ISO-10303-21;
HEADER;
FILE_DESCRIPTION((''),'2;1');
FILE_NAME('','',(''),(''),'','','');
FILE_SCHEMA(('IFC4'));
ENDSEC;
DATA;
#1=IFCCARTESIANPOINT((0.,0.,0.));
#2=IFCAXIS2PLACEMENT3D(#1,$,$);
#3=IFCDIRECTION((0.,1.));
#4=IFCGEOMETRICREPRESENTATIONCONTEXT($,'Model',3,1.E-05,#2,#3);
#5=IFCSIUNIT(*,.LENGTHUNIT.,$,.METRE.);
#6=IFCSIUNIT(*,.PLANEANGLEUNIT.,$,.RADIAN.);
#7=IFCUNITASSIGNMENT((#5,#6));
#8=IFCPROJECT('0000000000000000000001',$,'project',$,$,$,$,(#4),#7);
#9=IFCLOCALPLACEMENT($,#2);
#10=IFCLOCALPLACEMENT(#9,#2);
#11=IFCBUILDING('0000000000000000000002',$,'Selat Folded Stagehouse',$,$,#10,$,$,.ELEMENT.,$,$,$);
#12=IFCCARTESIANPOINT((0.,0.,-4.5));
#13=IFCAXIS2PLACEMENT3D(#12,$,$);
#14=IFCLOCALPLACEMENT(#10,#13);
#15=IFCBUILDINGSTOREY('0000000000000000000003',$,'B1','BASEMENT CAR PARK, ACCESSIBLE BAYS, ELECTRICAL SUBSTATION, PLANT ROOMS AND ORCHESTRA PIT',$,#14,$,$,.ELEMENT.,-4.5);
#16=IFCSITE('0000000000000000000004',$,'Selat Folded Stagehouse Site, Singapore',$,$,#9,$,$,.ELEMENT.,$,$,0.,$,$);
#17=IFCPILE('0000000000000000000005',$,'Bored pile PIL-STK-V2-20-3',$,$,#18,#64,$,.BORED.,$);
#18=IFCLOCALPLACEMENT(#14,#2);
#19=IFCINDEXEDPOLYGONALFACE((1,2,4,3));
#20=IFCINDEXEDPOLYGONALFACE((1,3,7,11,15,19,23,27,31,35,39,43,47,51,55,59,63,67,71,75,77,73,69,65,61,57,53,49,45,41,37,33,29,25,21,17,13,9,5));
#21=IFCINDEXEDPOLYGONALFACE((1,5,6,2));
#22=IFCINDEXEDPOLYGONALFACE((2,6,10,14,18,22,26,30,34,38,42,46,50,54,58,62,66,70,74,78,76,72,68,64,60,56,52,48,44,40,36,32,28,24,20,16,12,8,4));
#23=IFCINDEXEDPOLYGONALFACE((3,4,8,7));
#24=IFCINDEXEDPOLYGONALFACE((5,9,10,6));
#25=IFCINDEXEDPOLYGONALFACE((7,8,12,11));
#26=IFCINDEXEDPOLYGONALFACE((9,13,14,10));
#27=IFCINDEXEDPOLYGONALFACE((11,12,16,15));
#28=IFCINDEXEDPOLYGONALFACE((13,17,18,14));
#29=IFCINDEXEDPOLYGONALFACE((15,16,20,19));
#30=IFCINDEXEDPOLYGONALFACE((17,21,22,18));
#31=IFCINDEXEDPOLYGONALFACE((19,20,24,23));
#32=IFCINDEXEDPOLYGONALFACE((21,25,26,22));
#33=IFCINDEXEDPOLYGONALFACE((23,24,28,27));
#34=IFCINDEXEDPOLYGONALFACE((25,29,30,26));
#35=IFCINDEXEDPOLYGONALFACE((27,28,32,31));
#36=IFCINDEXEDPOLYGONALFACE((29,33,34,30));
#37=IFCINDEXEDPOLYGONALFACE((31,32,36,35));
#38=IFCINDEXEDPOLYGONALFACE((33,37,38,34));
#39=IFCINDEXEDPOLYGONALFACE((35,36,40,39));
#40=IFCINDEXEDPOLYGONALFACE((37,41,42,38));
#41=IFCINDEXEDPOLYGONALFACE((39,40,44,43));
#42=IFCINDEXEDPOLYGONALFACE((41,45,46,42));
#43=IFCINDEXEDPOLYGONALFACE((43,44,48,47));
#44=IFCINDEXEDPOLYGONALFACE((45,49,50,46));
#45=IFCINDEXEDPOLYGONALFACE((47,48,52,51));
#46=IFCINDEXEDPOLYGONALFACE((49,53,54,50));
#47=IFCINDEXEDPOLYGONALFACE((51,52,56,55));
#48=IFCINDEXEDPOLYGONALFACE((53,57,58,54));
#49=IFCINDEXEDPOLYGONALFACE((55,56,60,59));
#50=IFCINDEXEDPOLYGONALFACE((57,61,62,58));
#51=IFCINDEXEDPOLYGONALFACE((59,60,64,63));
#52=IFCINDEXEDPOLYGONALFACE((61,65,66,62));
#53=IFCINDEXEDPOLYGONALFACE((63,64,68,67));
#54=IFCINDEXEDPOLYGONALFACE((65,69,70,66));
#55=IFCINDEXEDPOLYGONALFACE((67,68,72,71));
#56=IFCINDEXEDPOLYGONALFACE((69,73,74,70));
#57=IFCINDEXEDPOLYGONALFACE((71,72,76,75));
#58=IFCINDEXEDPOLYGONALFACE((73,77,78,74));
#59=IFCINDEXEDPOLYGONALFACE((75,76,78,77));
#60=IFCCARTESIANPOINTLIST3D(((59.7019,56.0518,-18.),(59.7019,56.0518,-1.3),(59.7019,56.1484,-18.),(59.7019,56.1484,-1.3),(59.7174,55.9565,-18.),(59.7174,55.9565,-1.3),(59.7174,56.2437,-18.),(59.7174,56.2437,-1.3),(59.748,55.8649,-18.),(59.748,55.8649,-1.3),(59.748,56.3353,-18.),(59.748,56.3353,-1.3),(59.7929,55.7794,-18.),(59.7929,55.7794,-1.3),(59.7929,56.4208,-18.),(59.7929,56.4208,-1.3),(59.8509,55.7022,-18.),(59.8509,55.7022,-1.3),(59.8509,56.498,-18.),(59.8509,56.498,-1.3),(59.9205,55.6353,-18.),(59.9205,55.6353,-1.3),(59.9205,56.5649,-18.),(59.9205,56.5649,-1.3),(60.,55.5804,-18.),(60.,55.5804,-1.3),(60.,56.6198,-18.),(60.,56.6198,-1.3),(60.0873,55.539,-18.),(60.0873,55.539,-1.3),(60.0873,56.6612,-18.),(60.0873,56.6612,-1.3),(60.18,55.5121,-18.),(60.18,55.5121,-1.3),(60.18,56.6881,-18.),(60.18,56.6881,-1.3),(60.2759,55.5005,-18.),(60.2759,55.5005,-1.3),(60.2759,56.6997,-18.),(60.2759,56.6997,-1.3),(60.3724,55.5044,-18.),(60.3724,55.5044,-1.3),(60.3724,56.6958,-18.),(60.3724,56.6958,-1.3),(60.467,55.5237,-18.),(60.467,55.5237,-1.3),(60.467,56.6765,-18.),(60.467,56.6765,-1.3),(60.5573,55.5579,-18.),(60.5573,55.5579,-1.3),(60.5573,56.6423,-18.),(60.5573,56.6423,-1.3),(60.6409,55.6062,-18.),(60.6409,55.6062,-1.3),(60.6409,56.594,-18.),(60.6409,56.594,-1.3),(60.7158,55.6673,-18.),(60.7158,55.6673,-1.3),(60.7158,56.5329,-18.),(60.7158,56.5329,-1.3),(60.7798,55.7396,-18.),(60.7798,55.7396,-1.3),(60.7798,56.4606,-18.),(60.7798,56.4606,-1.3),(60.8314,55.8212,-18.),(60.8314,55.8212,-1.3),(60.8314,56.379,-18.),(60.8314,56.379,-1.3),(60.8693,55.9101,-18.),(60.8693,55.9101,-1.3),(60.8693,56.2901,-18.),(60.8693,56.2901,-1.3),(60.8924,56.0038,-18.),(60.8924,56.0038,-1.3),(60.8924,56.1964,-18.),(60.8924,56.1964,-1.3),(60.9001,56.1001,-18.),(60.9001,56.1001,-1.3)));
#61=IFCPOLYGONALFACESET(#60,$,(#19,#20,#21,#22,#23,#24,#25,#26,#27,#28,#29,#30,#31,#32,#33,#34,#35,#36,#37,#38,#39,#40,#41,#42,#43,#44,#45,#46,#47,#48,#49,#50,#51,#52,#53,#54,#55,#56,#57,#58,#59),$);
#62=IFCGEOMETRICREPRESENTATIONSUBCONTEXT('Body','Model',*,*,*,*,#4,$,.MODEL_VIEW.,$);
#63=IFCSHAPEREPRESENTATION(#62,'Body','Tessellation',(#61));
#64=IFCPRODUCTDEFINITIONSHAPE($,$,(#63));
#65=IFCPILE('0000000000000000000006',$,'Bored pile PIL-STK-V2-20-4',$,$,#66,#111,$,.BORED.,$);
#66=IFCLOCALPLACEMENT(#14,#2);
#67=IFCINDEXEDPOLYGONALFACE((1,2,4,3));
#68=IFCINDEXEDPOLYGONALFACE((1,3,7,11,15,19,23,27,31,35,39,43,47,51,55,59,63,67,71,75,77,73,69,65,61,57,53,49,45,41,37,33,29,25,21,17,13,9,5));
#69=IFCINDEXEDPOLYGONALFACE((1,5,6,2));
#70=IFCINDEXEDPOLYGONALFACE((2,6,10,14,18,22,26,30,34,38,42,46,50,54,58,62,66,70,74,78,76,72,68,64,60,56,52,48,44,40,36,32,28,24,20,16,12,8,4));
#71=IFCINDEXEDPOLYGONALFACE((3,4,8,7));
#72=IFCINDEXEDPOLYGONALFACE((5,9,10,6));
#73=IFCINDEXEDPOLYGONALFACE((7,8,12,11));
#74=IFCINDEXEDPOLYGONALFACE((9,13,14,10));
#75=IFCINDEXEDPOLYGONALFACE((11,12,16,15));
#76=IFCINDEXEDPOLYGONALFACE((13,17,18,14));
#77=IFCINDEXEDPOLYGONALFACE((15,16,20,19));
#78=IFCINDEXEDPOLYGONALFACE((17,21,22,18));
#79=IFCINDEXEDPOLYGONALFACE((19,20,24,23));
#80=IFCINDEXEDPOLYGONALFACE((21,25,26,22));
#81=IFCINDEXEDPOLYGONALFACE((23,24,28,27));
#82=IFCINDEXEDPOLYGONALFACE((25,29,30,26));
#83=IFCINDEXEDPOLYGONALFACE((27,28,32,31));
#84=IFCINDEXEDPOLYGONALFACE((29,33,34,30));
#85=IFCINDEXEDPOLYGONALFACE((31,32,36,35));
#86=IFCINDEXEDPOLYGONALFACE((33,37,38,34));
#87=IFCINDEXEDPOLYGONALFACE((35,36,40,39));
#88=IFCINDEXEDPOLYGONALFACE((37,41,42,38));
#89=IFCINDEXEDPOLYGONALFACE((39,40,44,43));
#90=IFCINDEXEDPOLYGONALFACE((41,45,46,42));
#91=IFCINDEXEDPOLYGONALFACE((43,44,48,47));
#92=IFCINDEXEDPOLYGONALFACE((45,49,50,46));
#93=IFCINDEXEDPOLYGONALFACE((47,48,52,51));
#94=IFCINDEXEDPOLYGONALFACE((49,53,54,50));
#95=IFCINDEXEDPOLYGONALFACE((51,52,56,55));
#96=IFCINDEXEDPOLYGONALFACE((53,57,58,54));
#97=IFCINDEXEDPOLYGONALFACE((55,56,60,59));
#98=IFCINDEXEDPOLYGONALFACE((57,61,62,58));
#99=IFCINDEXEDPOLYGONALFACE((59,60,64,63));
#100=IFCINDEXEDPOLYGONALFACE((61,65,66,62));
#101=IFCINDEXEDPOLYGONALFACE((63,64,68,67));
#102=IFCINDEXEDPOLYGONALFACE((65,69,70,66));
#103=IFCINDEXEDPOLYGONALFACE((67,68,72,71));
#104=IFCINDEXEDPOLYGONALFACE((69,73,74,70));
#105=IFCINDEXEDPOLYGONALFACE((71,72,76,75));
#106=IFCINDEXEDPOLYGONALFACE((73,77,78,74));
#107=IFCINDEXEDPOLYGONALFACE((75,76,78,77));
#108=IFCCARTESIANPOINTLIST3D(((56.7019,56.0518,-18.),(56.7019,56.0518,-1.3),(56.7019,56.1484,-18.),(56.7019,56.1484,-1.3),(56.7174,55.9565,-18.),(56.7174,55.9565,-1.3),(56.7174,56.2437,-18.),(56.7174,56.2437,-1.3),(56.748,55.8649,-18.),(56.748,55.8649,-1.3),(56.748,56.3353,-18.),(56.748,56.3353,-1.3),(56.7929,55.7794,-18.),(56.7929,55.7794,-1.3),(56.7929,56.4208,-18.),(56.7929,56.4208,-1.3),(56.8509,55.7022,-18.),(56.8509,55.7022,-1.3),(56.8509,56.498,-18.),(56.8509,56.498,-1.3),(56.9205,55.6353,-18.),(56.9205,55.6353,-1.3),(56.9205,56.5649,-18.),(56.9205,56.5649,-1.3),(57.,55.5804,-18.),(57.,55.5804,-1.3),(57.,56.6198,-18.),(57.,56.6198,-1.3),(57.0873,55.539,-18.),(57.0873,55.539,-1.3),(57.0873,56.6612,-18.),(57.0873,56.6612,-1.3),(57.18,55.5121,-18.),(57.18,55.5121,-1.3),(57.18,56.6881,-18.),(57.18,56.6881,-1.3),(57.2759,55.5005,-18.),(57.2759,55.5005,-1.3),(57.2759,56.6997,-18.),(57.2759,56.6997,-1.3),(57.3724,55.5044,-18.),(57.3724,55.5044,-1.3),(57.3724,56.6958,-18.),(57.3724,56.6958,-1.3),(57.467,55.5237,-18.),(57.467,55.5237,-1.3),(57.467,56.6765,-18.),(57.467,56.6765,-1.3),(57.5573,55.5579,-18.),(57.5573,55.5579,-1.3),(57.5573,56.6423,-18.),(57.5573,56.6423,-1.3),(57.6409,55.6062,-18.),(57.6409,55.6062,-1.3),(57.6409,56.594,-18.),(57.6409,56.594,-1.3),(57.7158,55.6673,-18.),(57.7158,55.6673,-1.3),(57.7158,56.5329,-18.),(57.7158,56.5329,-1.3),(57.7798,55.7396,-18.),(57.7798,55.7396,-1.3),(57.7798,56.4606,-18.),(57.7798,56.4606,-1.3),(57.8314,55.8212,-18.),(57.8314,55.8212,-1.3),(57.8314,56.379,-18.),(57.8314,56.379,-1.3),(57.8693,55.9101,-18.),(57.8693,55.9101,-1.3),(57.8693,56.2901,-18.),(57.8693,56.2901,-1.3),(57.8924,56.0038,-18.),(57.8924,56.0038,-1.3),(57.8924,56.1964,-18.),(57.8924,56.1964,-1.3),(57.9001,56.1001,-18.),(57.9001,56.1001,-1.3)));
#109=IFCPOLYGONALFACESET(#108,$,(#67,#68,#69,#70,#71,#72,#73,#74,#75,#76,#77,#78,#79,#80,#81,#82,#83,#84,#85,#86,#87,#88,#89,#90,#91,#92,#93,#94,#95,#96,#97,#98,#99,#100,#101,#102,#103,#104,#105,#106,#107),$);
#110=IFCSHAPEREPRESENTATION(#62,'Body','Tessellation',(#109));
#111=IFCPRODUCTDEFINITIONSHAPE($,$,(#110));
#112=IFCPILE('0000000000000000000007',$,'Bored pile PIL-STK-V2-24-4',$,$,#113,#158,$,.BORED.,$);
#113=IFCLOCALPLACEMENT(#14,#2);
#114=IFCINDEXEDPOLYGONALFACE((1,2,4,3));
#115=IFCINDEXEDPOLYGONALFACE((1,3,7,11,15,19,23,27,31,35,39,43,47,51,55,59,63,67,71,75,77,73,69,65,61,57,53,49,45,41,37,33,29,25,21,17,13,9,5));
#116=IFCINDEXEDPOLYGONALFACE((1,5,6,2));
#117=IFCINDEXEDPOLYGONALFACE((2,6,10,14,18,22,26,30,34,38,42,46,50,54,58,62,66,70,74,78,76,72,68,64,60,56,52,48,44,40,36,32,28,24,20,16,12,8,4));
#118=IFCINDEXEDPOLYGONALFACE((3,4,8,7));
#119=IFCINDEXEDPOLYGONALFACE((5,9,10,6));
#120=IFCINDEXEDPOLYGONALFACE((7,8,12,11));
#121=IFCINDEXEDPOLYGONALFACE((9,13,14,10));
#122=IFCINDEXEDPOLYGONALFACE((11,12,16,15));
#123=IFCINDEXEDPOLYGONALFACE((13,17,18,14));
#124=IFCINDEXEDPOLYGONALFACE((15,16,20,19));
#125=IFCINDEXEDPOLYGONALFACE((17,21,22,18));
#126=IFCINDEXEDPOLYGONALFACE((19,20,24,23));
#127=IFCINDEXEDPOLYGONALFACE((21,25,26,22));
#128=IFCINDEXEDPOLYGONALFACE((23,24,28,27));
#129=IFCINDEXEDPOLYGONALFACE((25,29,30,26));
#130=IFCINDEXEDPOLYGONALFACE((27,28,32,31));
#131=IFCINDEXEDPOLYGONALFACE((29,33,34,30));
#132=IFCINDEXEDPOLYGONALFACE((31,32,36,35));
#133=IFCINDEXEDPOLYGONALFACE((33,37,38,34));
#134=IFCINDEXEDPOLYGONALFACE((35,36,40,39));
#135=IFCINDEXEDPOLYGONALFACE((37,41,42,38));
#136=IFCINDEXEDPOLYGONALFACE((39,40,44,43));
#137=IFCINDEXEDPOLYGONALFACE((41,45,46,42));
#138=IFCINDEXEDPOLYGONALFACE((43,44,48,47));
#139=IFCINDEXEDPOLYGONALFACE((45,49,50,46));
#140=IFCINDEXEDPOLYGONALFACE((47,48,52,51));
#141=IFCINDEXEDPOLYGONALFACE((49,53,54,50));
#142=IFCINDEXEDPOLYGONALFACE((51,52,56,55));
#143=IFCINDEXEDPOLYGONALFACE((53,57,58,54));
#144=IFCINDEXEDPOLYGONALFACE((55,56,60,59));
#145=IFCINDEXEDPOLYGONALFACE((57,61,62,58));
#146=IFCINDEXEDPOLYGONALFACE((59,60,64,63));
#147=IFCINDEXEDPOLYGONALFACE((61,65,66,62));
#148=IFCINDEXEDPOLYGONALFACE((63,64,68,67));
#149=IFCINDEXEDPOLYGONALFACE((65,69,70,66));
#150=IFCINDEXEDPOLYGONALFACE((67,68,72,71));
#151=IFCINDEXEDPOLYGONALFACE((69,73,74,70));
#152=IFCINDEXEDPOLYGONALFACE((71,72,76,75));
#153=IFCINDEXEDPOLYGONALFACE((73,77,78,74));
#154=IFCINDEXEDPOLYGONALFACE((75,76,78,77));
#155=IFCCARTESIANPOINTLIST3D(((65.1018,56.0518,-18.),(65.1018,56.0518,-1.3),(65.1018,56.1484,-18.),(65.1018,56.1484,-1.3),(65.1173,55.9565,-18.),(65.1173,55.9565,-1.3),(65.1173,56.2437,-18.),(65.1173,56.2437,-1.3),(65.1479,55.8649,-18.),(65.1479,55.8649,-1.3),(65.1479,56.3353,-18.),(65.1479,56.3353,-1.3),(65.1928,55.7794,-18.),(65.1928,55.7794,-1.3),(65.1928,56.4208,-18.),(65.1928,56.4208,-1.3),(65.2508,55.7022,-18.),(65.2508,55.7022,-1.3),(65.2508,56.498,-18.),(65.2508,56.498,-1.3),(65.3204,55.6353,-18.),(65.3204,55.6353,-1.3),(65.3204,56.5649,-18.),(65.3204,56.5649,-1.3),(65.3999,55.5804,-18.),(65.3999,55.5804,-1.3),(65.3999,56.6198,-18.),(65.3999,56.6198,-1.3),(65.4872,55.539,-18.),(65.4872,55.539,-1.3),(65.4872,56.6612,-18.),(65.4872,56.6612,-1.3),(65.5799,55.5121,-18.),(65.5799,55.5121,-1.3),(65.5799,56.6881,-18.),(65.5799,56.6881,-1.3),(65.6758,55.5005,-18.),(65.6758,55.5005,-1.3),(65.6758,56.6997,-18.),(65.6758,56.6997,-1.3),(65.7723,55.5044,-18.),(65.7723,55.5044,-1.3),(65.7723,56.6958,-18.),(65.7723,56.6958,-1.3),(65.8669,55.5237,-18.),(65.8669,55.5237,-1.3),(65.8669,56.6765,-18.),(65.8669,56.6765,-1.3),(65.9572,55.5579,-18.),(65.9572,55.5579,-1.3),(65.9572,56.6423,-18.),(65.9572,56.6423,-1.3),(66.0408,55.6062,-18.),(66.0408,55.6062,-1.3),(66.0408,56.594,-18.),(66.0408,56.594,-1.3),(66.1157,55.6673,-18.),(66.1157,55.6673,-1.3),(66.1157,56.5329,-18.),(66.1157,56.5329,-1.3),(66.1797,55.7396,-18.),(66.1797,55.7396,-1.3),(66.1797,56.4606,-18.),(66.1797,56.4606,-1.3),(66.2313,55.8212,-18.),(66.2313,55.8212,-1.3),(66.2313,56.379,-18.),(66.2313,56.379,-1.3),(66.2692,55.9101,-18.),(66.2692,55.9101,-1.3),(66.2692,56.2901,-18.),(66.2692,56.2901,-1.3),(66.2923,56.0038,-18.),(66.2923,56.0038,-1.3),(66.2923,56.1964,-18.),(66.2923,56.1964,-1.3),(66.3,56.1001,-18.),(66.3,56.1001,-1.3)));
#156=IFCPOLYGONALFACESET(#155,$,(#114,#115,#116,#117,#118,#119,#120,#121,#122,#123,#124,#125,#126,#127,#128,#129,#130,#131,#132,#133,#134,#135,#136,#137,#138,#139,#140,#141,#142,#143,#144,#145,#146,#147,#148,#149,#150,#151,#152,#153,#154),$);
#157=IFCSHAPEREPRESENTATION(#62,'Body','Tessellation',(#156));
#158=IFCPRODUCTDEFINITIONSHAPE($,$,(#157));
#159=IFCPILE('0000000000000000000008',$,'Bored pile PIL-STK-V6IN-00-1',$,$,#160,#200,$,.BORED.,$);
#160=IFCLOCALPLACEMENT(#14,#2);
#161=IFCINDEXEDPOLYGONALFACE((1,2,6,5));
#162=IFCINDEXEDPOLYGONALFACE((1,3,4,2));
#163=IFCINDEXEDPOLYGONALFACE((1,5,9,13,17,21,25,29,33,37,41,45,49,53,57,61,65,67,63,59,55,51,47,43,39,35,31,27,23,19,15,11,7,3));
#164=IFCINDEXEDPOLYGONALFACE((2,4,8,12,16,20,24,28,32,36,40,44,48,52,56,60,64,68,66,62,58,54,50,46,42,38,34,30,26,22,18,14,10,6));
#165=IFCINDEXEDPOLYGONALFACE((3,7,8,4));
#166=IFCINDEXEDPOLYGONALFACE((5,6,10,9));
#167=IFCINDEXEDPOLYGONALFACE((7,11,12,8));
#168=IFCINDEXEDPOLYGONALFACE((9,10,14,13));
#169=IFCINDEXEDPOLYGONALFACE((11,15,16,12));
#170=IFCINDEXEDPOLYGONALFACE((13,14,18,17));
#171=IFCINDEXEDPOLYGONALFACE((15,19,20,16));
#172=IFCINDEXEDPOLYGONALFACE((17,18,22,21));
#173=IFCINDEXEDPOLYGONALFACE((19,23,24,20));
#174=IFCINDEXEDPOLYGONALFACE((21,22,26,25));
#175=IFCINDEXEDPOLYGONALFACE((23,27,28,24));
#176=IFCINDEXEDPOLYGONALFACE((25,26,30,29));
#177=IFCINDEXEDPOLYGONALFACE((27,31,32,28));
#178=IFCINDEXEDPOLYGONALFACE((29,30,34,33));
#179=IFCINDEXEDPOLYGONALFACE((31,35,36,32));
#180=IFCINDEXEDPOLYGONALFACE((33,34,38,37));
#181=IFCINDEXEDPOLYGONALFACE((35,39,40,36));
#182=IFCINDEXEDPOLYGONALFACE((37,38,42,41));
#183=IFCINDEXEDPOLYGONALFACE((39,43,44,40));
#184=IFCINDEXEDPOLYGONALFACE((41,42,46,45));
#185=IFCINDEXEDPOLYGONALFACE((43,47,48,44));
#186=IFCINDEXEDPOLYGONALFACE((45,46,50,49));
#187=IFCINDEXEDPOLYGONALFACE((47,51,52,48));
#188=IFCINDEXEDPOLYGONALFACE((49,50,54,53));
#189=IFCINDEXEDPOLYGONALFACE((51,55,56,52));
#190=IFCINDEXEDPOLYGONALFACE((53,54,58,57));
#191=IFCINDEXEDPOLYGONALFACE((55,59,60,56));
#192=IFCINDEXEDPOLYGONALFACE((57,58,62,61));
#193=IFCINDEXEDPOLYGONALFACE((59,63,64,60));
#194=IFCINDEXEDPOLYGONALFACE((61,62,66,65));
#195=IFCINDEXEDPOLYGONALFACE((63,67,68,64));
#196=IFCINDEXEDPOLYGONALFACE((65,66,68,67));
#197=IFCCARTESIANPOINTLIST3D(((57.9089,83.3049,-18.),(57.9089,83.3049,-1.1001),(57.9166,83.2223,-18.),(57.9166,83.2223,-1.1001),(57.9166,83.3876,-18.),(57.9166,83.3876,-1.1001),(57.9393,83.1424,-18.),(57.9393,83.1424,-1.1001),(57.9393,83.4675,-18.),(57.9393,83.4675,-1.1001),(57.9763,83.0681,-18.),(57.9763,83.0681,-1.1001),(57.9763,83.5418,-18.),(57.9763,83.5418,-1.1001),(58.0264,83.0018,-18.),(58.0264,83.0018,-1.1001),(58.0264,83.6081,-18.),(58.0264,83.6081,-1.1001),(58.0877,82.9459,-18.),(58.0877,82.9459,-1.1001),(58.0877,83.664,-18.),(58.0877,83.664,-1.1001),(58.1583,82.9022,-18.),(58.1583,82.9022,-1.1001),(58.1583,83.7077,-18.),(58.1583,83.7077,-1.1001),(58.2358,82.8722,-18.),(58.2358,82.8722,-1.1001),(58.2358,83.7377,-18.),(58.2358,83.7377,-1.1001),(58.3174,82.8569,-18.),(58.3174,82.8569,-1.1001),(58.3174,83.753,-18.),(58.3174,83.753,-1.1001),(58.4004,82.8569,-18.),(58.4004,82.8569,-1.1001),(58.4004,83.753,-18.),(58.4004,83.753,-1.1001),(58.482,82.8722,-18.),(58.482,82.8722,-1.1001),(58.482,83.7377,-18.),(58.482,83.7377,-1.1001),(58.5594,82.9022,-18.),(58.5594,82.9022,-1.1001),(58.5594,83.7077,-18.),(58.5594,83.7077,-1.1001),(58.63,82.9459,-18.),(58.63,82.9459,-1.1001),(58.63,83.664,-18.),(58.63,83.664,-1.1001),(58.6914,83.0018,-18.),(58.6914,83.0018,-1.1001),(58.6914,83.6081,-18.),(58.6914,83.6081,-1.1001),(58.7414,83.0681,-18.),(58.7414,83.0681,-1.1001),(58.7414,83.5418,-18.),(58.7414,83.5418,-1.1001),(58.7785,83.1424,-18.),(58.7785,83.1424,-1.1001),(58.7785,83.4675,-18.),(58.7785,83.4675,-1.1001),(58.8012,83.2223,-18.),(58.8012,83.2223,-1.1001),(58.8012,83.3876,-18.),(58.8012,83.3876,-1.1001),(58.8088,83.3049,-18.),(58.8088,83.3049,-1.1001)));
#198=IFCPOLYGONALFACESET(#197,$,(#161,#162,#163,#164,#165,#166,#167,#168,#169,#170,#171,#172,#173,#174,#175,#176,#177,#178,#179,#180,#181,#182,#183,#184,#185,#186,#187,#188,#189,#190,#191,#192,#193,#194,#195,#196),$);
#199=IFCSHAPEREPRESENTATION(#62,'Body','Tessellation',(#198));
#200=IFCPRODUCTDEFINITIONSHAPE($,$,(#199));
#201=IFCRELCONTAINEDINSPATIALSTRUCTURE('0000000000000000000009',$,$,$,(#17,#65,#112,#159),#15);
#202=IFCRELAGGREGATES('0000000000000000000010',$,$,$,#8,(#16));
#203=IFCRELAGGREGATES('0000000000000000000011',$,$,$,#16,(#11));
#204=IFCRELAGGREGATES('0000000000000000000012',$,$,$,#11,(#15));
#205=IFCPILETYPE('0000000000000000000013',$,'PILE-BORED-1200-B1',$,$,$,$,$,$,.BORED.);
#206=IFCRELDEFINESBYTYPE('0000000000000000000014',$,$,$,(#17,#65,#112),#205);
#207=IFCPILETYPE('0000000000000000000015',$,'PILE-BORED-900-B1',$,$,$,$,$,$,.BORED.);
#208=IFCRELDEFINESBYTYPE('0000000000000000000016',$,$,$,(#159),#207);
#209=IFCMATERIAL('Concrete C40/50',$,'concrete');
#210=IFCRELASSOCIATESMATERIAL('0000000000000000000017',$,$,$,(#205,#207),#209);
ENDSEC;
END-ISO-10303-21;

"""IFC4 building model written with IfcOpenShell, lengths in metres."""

from ifc_helpers import new_model, si_unit, direction, frame, origin, origin_2d, place, context, subcontext, project, spatial, circle, extrude, material, material_profile, profile_set, type_object, element, save


model = new_model("IFC4")

# Units and contexts
model_context = context("Model", 3, precision=1e-05, world=origin(), true_north=direction((0.0, 1.0)))
body_context = subcontext(model_context, "Body", "Model", "MODEL_VIEW")
ifc_project = project(units=[si_unit("LENGTHUNIT", "METRE"), si_unit("PLANEANGLEUNIT", "RADIAN")], contexts=[model_context])

# Site, building, storey
site_placement = place(None, origin())
site = spatial("IfcSite", under=ifc_project, at=site_placement, Name="Selat Folded Stagehouse Site, Singapore", CompositionType="ELEMENT", RefElevation=0.0)
building_placement = place(site_placement, origin())
building = spatial("IfcBuilding", under=site, at=building_placement, Name="Selat Folded Stagehouse", CompositionType="ELEMENT")
storey_placement = place(building_placement, frame((0.0, 0.0, -4.5)))
storey = spatial("IfcBuildingStorey", under=building, at=storey_placement, Name="B1", Description="BASEMENT CAR PARK, ACCESSIBLE BAYS, ELECTRICAL SUBSTATION, PLANT ROOMS AND ORCHESTRA PIT", CompositionType="ELEMENT", Elevation=-4.5)

# Shared definitions
ifc_material_1 = material(Name="Concrete C40/50", Category="concrete")

# Piles
ifc_material_profile_1 = material_profile(ifc_material_1, circle(Radius=0.6001, at=origin_2d()), Name="PILE D1200")
ifc_profile_set_1 = profile_set([ifc_material_profile_1], Name="Concrete C40/50")
pile_type_1 = type_object("IfcPileType", Name="PILE-BORED-1200-B1", PredefinedType="BORED", material=ifc_profile_set_1)
for number, where, z_axis, x_axis, name in (
    (1, (60.3, 56.1001, -1.3), (0.0, 0.0, -1.0), (1.0, 0.0, 0.0), "Bored pile PIL-STK-V2-20-3"),
    (2, (57.3, 56.1001, -1.3), (0.0, 0.0, -1.0), (1.0, 0.0, 0.0), "Bored pile PIL-STK-V2-20-4"),
    (3, (65.7, 56.1001, -1.3), (0.0, 0.0, -1.0), (1.0, 0.0, 0.0), "Bored pile PIL-STK-V2-24-4"),
):
    element("IfcPile", number, at=place(storey_placement, frame(where, z_axis=z_axis, x_axis=x_axis)), inside=storey, type_object=pile_type_1, Name=name, PredefinedType="BORED", context=body_context, shape_type="SweptSolid", body=[
        extrude(circle(Radius=0.6001, at=origin_2d()), origin(), (0.0, 0.0, 1.0), 16.7),
    ])
ifc_material_profile_2 = material_profile(ifc_material_1, circle(Radius=0.45, at=origin_2d()), Name="PILE D900")
ifc_profile_set_2 = profile_set([ifc_material_profile_2], Name="Concrete C40/50")
pile_type_2 = type_object("IfcPileType", Name="PILE-BORED-900-B1", PredefinedType="BORED", material=ifc_profile_set_2)
for number, where, z_axis, x_axis, name in (
    (4, (58.3589, 83.3049, -1.1001), (0.0, 0.0, -1.0), (1.0, 0.0, 0.0), "Bored pile PIL-STK-V6IN-00-1"),
):
    element("IfcPile", number, at=place(storey_placement, frame(where, z_axis=z_axis, x_axis=x_axis)), inside=storey, type_object=pile_type_2, Name=name, PredefinedType="BORED", context=body_context, shape_type="SweptSolid", body=[
        extrude(circle(Radius=0.45, at=origin_2d()), origin(), (0.0, 0.0, 1.0), 16.8999),
    ])

save(model, "model.ifc")
